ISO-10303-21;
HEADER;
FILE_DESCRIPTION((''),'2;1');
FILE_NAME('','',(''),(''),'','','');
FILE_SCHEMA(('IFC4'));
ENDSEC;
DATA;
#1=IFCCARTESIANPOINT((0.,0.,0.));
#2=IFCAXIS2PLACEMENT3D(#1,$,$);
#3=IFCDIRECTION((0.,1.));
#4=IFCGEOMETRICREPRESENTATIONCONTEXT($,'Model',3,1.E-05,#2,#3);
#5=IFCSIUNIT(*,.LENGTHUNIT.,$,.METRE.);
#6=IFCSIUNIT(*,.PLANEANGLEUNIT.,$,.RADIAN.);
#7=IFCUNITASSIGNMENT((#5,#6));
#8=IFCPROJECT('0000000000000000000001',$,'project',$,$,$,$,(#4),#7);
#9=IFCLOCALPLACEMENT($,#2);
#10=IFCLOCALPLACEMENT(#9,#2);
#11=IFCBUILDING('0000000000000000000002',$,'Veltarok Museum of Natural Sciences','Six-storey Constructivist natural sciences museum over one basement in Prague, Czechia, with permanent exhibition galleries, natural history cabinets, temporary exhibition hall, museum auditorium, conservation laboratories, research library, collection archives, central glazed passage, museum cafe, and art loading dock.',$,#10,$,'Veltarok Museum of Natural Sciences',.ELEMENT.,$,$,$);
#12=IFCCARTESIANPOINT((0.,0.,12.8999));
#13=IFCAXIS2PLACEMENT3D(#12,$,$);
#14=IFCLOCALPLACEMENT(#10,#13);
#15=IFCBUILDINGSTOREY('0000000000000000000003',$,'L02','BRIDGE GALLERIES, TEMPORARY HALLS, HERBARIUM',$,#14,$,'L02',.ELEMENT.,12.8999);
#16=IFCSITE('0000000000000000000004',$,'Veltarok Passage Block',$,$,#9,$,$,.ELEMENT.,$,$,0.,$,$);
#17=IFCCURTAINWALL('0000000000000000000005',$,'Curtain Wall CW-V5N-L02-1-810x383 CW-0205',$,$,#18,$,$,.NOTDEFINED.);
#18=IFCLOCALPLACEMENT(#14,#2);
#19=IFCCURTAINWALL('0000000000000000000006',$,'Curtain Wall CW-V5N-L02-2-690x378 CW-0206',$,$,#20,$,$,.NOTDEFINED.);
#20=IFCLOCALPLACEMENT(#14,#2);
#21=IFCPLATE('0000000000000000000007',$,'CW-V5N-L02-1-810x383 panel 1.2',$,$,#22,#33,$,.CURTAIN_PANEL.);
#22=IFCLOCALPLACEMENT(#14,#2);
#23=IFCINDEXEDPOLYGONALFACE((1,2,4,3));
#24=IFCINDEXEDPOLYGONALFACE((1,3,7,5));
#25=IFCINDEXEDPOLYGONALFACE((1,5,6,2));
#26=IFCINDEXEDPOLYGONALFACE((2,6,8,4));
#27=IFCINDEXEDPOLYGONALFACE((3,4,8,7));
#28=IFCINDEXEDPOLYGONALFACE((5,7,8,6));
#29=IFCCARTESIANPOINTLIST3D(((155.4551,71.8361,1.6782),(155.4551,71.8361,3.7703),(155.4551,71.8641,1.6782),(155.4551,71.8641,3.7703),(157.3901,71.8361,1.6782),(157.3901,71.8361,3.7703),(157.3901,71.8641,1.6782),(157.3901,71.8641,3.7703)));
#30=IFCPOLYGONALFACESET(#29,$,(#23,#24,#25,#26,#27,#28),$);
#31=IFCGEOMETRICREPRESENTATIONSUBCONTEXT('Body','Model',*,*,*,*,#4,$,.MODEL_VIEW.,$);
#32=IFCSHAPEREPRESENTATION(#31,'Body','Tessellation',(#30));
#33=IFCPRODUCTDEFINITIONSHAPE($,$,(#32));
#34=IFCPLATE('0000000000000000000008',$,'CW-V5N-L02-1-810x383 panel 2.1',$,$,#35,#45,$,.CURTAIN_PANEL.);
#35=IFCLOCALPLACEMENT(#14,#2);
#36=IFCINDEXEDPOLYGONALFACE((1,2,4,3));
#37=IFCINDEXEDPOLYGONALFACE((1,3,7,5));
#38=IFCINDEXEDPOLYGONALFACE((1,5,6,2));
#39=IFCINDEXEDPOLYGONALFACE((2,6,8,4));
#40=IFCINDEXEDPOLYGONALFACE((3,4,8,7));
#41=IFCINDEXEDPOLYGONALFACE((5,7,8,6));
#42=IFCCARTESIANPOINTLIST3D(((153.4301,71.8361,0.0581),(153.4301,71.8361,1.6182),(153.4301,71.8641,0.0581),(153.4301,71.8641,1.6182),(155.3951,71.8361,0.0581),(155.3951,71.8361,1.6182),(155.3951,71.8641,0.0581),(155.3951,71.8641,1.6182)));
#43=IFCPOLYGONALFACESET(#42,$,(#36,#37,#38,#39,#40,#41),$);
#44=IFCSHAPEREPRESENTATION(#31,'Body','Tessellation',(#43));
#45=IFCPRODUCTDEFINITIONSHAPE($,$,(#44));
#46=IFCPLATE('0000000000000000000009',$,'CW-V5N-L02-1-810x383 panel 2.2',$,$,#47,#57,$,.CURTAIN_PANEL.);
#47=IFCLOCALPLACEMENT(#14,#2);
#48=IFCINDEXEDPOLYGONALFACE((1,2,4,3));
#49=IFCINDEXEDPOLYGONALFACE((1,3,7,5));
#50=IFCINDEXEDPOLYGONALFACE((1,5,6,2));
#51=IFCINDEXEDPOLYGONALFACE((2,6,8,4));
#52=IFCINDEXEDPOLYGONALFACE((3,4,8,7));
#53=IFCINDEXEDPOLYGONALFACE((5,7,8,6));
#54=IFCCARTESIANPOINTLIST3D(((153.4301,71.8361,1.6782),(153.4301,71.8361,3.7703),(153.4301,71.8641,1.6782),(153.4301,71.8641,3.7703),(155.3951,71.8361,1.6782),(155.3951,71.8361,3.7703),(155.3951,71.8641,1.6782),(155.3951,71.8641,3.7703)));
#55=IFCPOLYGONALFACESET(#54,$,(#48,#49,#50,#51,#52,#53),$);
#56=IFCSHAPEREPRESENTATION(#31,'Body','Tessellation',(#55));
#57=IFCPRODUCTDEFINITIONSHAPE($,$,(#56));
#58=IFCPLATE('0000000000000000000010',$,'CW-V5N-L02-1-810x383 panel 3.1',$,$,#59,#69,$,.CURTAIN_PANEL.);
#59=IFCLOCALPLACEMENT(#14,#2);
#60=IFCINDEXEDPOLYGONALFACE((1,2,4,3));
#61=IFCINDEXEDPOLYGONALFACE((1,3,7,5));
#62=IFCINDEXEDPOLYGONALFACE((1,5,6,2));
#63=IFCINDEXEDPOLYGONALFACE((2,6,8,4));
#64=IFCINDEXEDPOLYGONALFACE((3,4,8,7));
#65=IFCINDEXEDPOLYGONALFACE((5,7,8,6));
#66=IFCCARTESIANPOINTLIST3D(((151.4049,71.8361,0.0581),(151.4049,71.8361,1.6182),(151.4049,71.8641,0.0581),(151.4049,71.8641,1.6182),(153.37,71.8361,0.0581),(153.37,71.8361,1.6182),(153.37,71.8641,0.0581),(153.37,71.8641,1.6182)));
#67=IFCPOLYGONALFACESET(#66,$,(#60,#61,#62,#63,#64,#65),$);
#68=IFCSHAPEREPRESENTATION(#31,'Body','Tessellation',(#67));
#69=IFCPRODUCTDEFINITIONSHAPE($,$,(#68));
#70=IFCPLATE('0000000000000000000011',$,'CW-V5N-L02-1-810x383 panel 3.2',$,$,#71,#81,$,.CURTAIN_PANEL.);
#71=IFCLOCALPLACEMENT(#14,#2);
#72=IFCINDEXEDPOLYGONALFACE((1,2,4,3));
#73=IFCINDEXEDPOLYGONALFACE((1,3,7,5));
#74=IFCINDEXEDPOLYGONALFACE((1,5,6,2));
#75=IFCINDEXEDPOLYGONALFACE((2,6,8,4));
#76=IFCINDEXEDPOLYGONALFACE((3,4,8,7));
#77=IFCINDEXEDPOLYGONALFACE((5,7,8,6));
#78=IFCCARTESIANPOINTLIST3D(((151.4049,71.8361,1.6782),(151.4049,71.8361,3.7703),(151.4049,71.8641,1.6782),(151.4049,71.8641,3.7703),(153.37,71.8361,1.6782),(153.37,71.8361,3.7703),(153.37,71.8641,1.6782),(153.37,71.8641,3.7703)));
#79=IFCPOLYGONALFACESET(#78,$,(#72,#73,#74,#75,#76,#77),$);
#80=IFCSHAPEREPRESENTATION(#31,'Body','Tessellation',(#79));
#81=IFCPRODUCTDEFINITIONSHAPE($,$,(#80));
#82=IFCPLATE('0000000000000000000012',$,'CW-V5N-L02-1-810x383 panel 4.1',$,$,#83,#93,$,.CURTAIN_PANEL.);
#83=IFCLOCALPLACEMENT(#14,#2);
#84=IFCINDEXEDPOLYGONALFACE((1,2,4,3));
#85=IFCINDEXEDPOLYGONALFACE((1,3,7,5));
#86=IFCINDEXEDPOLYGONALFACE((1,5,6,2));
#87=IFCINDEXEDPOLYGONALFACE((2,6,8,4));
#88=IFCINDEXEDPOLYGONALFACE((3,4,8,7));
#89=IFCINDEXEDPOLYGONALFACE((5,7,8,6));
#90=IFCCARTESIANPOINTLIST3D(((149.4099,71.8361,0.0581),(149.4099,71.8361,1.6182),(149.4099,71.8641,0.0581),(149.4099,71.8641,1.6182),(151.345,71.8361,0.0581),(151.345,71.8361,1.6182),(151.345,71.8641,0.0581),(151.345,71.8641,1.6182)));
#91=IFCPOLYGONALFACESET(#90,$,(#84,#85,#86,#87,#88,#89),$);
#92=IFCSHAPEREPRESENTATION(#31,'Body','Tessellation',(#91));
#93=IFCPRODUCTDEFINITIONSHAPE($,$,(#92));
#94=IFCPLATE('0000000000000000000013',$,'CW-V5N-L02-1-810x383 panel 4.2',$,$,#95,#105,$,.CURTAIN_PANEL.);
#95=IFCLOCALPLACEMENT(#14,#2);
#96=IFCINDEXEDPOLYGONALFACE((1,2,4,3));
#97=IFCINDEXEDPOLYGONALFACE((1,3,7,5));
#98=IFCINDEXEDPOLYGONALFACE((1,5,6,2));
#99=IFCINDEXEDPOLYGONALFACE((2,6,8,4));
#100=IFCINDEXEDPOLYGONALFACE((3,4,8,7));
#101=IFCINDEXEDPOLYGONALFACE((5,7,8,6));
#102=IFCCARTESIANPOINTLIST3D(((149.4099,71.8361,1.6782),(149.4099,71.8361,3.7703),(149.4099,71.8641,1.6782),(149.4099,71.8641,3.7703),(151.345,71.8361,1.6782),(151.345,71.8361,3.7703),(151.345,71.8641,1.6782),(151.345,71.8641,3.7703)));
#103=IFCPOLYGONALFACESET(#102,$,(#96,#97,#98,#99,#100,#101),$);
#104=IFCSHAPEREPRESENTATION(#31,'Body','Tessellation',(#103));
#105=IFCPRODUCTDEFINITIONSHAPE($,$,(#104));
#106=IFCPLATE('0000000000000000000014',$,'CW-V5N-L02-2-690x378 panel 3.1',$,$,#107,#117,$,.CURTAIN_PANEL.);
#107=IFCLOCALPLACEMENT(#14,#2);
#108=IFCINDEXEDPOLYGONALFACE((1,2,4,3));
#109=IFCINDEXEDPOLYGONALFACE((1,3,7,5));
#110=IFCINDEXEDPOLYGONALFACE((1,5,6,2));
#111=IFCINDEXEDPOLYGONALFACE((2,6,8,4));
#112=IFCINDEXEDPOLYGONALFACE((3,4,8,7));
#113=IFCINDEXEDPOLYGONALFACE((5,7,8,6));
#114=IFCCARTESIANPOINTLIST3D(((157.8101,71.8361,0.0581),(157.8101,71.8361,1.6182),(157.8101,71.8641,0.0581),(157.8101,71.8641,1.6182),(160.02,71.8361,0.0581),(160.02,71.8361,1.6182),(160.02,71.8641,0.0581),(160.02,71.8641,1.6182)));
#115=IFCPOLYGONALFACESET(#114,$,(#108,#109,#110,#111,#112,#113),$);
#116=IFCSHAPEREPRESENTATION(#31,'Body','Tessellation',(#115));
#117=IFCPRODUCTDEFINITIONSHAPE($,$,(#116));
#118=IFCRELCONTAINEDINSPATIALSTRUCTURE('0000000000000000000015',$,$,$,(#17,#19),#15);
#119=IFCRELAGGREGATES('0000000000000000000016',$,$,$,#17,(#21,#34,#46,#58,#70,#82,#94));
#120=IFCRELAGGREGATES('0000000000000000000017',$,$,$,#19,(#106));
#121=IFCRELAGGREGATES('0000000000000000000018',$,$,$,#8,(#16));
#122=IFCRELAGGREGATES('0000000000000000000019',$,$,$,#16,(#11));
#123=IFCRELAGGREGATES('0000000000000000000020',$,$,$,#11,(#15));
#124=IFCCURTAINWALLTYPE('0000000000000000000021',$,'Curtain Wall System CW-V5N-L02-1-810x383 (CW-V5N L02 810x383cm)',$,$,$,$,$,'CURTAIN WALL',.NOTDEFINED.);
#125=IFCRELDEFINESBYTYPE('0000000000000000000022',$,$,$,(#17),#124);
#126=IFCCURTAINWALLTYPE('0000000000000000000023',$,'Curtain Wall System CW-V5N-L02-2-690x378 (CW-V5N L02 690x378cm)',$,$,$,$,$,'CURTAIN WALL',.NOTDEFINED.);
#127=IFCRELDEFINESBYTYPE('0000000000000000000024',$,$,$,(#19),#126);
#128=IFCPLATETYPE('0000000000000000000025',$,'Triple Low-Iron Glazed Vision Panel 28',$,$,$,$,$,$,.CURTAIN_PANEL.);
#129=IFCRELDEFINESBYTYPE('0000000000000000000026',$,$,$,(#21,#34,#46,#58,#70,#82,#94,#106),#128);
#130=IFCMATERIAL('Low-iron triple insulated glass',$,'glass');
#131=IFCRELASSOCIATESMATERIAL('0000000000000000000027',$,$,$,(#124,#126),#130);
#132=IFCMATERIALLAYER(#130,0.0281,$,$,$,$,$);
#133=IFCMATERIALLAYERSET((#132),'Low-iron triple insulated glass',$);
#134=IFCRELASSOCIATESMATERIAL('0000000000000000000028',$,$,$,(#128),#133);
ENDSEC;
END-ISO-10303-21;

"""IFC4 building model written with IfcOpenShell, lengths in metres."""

from ifc_helpers import new_model, si_unit, direction, frame, origin, origin_2d, place, context, subcontext, project, spatial, rectangle, extrude, material, layer, layer_set, type_object, element, aggregate, save


model = new_model("IFC4")

# Units and contexts
model_context = context("Model", 3, precision=1e-05, world=origin(), true_north=direction((0.0, 1.0)))
body_context = subcontext(model_context, "Body", "Model", "MODEL_VIEW")
ifc_project = project(units=[si_unit("LENGTHUNIT", "METRE"), si_unit("PLANEANGLEUNIT", "RADIAN")], contexts=[model_context])

# Site, building, storey
site_placement = place(None, origin())
site = spatial("IfcSite", under=ifc_project, at=site_placement, Name="Veltarok Passage Block", CompositionType="ELEMENT", RefElevation=0.0)
building_placement = place(site_placement, origin())
building = spatial("IfcBuilding", under=site, at=building_placement, Name="Veltarok Museum of Natural Sciences", Description="Six-storey Constructivist natural sciences museum over one basement in Prague, Czechia, with permanent exhibition galleries, natural history cabinets, temporary exhibition hall, museum auditorium, conservation laboratories, research library, collection archives, central glazed passage, museum cafe, and art loading dock.", LongName="Veltarok Museum of Natural Sciences", CompositionType="ELEMENT")
storey_placement = place(building_placement, frame((0.0, 0.0, 12.8999)))
storey = spatial("IfcBuildingStorey", under=building, at=storey_placement, Name="L02", Description="BRIDGE GALLERIES, TEMPORARY HALLS, HERBARIUM", LongName="L02", CompositionType="ELEMENT", Elevation=12.8999)

# Curtain wall
ifc_material_1 = material(Name="Low-iron triple insulated glass", Category="glass")
curtain_wall_type_1 = type_object("IfcCurtainWallType", Name="Curtain Wall System CW-V5N-L02-1-810x383 (CW-V5N L02 810x383cm)", ElementType="CURTAIN WALL", PredefinedType="NOTDEFINED", material=ifc_material_1)
curtain_wall_1_placement = place(storey_placement, origin())
curtain_wall_1 = element("IfcCurtainWall", 1, at=curtain_wall_1_placement, inside=storey, type_object=curtain_wall_type_1, Name="Curtain Wall CW-V5N-L02-1-810x383 CW-0205", PredefinedType="NOTDEFINED")

# Curtain wall
curtain_wall_type_2 = type_object("IfcCurtainWallType", Name="Curtain Wall System CW-V5N-L02-2-690x378 (CW-V5N L02 690x378cm)", ElementType="CURTAIN WALL", PredefinedType="NOTDEFINED", material=ifc_material_1)
curtain_wall_2_placement = place(storey_placement, origin())
curtain_wall_2 = element("IfcCurtainWall", 2, at=curtain_wall_2_placement, inside=storey, type_object=curtain_wall_type_2, Name="Curtain Wall CW-V5N-L02-2-690x378 CW-0206", PredefinedType="NOTDEFINED")

# Plates
ifc_layer = layer(ifc_material_1, 0.0281)
ifc_layer_set = layer_set([ifc_layer], Name="Low-iron triple insulated glass")
plate_type = type_object("IfcPlateType", Name="Triple Low-Iron Glazed Vision Panel 28", PredefinedType="CURTAIN_PANEL", material=ifc_layer_set)
plate_1_placement = place(storey_placement, frame((156.4226, 71.8501, 1.6782), z_axis=(0.0, 0.0, 1.0), x_axis=(-1.0, 0.0, 0.0)))
plate_1 = element("IfcPlate", 3, at=plate_1_placement, type_object=plate_type, Name="CW-V5N-L02-1-810x383 panel 1.2", PredefinedType="CURTAIN_PANEL", context=body_context, shape_type="SweptSolid", body=[
    extrude(rectangle(XDim=1.9351, YDim=0.0281, at=origin_2d()), origin(), (0.0, 0.0, 1.0), 2.092),
])
plate_2_placement = place(storey_placement, frame((154.4126, 71.8501, 0.0581), z_axis=(0.0, 0.0, 1.0), x_axis=(-1.0, 0.0, 0.0)))
plate_2 = element("IfcPlate", 4, at=plate_2_placement, type_object=plate_type, Name="CW-V5N-L02-1-810x383 panel 2.1", PredefinedType="CURTAIN_PANEL", context=body_context, shape_type="SweptSolid", body=[
    extrude(rectangle(XDim=1.9651, YDim=0.0281, at=origin_2d()), origin(), (0.0, 0.0, 1.0), 1.5601),
])
plate_3_placement = place(storey_placement, frame((154.4126, 71.8501, 1.6782), z_axis=(0.0, 0.0, 1.0), x_axis=(-1.0, 0.0, 0.0)))
plate_3 = element("IfcPlate", 5, at=plate_3_placement, type_object=plate_type, Name="CW-V5N-L02-1-810x383 panel 2.2", PredefinedType="CURTAIN_PANEL", context=body_context, shape_type="SweptSolid", body=[
    extrude(rectangle(XDim=1.9651, YDim=0.0281, at=origin_2d()), origin(), (0.0, 0.0, 1.0), 2.092),
])
plate_4_placement = place(storey_placement, frame((152.3875, 71.8501, 0.0581), z_axis=(0.0, 0.0, 1.0), x_axis=(-1.0, 0.0, 0.0)))
plate_4 = element("IfcPlate", 6, at=plate_4_placement, type_object=plate_type, Name="CW-V5N-L02-1-810x383 panel 3.1", PredefinedType="CURTAIN_PANEL", context=body_context, shape_type="SweptSolid", body=[
    extrude(rectangle(XDim=1.9651, YDim=0.0281, at=origin_2d()), origin(), (0.0, 0.0, 1.0), 1.5601),
])
plate_5_placement = place(storey_placement, frame((152.3875, 71.8501, 1.6782), z_axis=(0.0, 0.0, 1.0), x_axis=(-1.0, 0.0, 0.0)))
plate_5 = element("IfcPlate", 7, at=plate_5_placement, type_object=plate_type, Name="CW-V5N-L02-1-810x383 panel 3.2", PredefinedType="CURTAIN_PANEL", context=body_context, shape_type="SweptSolid", body=[
    extrude(rectangle(XDim=1.9651, YDim=0.0281, at=origin_2d()), origin(), (0.0, 0.0, 1.0), 2.092),
])
plate_6_placement = place(storey_placement, frame((150.3774, 71.8501, 0.0581), z_axis=(0.0, 0.0, 1.0), x_axis=(-1.0, 0.0, 0.0)))
plate_6 = element("IfcPlate", 8, at=plate_6_placement, type_object=plate_type, Name="CW-V5N-L02-1-810x383 panel 4.1", PredefinedType="CURTAIN_PANEL", context=body_context, shape_type="SweptSolid", body=[
    extrude(rectangle(XDim=1.9351, YDim=0.0281, at=origin_2d()), origin(), (0.0, 0.0, 1.0), 1.5601),
])
plate_7_placement = place(storey_placement, frame((150.3774, 71.8501, 1.6782), z_axis=(0.0, 0.0, 1.0), x_axis=(-1.0, 0.0, 0.0)))
plate_7 = element("IfcPlate", 9, at=plate_7_placement, type_object=plate_type, Name="CW-V5N-L02-1-810x383 panel 4.2", PredefinedType="CURTAIN_PANEL", context=body_context, shape_type="SweptSolid", body=[
    extrude(rectangle(XDim=1.9351, YDim=0.0281, at=origin_2d()), origin(), (0.0, 0.0, 1.0), 2.092),
])
aggregate(curtain_wall_1, [plate_1, plate_2, plate_3, plate_4, plate_5, plate_6, plate_7])
plate_8_placement = place(storey_placement, frame((158.915, 71.8501, 0.0581), z_axis=(0.0, 0.0, 1.0), x_axis=(-1.0, 0.0, 0.0)))
plate_8 = element("IfcPlate", 10, at=plate_8_placement, type_object=plate_type, Name="CW-V5N-L02-2-690x378 panel 3.1", PredefinedType="CURTAIN_PANEL", context=body_context, shape_type="SweptSolid", body=[
    extrude(rectangle(XDim=2.21, YDim=0.0281, at=origin_2d()), origin(), (0.0, 0.0, 1.0), 1.5601),
])
aggregate(curtain_wall_2, [plate_8])

save(model, "model.ifc")
